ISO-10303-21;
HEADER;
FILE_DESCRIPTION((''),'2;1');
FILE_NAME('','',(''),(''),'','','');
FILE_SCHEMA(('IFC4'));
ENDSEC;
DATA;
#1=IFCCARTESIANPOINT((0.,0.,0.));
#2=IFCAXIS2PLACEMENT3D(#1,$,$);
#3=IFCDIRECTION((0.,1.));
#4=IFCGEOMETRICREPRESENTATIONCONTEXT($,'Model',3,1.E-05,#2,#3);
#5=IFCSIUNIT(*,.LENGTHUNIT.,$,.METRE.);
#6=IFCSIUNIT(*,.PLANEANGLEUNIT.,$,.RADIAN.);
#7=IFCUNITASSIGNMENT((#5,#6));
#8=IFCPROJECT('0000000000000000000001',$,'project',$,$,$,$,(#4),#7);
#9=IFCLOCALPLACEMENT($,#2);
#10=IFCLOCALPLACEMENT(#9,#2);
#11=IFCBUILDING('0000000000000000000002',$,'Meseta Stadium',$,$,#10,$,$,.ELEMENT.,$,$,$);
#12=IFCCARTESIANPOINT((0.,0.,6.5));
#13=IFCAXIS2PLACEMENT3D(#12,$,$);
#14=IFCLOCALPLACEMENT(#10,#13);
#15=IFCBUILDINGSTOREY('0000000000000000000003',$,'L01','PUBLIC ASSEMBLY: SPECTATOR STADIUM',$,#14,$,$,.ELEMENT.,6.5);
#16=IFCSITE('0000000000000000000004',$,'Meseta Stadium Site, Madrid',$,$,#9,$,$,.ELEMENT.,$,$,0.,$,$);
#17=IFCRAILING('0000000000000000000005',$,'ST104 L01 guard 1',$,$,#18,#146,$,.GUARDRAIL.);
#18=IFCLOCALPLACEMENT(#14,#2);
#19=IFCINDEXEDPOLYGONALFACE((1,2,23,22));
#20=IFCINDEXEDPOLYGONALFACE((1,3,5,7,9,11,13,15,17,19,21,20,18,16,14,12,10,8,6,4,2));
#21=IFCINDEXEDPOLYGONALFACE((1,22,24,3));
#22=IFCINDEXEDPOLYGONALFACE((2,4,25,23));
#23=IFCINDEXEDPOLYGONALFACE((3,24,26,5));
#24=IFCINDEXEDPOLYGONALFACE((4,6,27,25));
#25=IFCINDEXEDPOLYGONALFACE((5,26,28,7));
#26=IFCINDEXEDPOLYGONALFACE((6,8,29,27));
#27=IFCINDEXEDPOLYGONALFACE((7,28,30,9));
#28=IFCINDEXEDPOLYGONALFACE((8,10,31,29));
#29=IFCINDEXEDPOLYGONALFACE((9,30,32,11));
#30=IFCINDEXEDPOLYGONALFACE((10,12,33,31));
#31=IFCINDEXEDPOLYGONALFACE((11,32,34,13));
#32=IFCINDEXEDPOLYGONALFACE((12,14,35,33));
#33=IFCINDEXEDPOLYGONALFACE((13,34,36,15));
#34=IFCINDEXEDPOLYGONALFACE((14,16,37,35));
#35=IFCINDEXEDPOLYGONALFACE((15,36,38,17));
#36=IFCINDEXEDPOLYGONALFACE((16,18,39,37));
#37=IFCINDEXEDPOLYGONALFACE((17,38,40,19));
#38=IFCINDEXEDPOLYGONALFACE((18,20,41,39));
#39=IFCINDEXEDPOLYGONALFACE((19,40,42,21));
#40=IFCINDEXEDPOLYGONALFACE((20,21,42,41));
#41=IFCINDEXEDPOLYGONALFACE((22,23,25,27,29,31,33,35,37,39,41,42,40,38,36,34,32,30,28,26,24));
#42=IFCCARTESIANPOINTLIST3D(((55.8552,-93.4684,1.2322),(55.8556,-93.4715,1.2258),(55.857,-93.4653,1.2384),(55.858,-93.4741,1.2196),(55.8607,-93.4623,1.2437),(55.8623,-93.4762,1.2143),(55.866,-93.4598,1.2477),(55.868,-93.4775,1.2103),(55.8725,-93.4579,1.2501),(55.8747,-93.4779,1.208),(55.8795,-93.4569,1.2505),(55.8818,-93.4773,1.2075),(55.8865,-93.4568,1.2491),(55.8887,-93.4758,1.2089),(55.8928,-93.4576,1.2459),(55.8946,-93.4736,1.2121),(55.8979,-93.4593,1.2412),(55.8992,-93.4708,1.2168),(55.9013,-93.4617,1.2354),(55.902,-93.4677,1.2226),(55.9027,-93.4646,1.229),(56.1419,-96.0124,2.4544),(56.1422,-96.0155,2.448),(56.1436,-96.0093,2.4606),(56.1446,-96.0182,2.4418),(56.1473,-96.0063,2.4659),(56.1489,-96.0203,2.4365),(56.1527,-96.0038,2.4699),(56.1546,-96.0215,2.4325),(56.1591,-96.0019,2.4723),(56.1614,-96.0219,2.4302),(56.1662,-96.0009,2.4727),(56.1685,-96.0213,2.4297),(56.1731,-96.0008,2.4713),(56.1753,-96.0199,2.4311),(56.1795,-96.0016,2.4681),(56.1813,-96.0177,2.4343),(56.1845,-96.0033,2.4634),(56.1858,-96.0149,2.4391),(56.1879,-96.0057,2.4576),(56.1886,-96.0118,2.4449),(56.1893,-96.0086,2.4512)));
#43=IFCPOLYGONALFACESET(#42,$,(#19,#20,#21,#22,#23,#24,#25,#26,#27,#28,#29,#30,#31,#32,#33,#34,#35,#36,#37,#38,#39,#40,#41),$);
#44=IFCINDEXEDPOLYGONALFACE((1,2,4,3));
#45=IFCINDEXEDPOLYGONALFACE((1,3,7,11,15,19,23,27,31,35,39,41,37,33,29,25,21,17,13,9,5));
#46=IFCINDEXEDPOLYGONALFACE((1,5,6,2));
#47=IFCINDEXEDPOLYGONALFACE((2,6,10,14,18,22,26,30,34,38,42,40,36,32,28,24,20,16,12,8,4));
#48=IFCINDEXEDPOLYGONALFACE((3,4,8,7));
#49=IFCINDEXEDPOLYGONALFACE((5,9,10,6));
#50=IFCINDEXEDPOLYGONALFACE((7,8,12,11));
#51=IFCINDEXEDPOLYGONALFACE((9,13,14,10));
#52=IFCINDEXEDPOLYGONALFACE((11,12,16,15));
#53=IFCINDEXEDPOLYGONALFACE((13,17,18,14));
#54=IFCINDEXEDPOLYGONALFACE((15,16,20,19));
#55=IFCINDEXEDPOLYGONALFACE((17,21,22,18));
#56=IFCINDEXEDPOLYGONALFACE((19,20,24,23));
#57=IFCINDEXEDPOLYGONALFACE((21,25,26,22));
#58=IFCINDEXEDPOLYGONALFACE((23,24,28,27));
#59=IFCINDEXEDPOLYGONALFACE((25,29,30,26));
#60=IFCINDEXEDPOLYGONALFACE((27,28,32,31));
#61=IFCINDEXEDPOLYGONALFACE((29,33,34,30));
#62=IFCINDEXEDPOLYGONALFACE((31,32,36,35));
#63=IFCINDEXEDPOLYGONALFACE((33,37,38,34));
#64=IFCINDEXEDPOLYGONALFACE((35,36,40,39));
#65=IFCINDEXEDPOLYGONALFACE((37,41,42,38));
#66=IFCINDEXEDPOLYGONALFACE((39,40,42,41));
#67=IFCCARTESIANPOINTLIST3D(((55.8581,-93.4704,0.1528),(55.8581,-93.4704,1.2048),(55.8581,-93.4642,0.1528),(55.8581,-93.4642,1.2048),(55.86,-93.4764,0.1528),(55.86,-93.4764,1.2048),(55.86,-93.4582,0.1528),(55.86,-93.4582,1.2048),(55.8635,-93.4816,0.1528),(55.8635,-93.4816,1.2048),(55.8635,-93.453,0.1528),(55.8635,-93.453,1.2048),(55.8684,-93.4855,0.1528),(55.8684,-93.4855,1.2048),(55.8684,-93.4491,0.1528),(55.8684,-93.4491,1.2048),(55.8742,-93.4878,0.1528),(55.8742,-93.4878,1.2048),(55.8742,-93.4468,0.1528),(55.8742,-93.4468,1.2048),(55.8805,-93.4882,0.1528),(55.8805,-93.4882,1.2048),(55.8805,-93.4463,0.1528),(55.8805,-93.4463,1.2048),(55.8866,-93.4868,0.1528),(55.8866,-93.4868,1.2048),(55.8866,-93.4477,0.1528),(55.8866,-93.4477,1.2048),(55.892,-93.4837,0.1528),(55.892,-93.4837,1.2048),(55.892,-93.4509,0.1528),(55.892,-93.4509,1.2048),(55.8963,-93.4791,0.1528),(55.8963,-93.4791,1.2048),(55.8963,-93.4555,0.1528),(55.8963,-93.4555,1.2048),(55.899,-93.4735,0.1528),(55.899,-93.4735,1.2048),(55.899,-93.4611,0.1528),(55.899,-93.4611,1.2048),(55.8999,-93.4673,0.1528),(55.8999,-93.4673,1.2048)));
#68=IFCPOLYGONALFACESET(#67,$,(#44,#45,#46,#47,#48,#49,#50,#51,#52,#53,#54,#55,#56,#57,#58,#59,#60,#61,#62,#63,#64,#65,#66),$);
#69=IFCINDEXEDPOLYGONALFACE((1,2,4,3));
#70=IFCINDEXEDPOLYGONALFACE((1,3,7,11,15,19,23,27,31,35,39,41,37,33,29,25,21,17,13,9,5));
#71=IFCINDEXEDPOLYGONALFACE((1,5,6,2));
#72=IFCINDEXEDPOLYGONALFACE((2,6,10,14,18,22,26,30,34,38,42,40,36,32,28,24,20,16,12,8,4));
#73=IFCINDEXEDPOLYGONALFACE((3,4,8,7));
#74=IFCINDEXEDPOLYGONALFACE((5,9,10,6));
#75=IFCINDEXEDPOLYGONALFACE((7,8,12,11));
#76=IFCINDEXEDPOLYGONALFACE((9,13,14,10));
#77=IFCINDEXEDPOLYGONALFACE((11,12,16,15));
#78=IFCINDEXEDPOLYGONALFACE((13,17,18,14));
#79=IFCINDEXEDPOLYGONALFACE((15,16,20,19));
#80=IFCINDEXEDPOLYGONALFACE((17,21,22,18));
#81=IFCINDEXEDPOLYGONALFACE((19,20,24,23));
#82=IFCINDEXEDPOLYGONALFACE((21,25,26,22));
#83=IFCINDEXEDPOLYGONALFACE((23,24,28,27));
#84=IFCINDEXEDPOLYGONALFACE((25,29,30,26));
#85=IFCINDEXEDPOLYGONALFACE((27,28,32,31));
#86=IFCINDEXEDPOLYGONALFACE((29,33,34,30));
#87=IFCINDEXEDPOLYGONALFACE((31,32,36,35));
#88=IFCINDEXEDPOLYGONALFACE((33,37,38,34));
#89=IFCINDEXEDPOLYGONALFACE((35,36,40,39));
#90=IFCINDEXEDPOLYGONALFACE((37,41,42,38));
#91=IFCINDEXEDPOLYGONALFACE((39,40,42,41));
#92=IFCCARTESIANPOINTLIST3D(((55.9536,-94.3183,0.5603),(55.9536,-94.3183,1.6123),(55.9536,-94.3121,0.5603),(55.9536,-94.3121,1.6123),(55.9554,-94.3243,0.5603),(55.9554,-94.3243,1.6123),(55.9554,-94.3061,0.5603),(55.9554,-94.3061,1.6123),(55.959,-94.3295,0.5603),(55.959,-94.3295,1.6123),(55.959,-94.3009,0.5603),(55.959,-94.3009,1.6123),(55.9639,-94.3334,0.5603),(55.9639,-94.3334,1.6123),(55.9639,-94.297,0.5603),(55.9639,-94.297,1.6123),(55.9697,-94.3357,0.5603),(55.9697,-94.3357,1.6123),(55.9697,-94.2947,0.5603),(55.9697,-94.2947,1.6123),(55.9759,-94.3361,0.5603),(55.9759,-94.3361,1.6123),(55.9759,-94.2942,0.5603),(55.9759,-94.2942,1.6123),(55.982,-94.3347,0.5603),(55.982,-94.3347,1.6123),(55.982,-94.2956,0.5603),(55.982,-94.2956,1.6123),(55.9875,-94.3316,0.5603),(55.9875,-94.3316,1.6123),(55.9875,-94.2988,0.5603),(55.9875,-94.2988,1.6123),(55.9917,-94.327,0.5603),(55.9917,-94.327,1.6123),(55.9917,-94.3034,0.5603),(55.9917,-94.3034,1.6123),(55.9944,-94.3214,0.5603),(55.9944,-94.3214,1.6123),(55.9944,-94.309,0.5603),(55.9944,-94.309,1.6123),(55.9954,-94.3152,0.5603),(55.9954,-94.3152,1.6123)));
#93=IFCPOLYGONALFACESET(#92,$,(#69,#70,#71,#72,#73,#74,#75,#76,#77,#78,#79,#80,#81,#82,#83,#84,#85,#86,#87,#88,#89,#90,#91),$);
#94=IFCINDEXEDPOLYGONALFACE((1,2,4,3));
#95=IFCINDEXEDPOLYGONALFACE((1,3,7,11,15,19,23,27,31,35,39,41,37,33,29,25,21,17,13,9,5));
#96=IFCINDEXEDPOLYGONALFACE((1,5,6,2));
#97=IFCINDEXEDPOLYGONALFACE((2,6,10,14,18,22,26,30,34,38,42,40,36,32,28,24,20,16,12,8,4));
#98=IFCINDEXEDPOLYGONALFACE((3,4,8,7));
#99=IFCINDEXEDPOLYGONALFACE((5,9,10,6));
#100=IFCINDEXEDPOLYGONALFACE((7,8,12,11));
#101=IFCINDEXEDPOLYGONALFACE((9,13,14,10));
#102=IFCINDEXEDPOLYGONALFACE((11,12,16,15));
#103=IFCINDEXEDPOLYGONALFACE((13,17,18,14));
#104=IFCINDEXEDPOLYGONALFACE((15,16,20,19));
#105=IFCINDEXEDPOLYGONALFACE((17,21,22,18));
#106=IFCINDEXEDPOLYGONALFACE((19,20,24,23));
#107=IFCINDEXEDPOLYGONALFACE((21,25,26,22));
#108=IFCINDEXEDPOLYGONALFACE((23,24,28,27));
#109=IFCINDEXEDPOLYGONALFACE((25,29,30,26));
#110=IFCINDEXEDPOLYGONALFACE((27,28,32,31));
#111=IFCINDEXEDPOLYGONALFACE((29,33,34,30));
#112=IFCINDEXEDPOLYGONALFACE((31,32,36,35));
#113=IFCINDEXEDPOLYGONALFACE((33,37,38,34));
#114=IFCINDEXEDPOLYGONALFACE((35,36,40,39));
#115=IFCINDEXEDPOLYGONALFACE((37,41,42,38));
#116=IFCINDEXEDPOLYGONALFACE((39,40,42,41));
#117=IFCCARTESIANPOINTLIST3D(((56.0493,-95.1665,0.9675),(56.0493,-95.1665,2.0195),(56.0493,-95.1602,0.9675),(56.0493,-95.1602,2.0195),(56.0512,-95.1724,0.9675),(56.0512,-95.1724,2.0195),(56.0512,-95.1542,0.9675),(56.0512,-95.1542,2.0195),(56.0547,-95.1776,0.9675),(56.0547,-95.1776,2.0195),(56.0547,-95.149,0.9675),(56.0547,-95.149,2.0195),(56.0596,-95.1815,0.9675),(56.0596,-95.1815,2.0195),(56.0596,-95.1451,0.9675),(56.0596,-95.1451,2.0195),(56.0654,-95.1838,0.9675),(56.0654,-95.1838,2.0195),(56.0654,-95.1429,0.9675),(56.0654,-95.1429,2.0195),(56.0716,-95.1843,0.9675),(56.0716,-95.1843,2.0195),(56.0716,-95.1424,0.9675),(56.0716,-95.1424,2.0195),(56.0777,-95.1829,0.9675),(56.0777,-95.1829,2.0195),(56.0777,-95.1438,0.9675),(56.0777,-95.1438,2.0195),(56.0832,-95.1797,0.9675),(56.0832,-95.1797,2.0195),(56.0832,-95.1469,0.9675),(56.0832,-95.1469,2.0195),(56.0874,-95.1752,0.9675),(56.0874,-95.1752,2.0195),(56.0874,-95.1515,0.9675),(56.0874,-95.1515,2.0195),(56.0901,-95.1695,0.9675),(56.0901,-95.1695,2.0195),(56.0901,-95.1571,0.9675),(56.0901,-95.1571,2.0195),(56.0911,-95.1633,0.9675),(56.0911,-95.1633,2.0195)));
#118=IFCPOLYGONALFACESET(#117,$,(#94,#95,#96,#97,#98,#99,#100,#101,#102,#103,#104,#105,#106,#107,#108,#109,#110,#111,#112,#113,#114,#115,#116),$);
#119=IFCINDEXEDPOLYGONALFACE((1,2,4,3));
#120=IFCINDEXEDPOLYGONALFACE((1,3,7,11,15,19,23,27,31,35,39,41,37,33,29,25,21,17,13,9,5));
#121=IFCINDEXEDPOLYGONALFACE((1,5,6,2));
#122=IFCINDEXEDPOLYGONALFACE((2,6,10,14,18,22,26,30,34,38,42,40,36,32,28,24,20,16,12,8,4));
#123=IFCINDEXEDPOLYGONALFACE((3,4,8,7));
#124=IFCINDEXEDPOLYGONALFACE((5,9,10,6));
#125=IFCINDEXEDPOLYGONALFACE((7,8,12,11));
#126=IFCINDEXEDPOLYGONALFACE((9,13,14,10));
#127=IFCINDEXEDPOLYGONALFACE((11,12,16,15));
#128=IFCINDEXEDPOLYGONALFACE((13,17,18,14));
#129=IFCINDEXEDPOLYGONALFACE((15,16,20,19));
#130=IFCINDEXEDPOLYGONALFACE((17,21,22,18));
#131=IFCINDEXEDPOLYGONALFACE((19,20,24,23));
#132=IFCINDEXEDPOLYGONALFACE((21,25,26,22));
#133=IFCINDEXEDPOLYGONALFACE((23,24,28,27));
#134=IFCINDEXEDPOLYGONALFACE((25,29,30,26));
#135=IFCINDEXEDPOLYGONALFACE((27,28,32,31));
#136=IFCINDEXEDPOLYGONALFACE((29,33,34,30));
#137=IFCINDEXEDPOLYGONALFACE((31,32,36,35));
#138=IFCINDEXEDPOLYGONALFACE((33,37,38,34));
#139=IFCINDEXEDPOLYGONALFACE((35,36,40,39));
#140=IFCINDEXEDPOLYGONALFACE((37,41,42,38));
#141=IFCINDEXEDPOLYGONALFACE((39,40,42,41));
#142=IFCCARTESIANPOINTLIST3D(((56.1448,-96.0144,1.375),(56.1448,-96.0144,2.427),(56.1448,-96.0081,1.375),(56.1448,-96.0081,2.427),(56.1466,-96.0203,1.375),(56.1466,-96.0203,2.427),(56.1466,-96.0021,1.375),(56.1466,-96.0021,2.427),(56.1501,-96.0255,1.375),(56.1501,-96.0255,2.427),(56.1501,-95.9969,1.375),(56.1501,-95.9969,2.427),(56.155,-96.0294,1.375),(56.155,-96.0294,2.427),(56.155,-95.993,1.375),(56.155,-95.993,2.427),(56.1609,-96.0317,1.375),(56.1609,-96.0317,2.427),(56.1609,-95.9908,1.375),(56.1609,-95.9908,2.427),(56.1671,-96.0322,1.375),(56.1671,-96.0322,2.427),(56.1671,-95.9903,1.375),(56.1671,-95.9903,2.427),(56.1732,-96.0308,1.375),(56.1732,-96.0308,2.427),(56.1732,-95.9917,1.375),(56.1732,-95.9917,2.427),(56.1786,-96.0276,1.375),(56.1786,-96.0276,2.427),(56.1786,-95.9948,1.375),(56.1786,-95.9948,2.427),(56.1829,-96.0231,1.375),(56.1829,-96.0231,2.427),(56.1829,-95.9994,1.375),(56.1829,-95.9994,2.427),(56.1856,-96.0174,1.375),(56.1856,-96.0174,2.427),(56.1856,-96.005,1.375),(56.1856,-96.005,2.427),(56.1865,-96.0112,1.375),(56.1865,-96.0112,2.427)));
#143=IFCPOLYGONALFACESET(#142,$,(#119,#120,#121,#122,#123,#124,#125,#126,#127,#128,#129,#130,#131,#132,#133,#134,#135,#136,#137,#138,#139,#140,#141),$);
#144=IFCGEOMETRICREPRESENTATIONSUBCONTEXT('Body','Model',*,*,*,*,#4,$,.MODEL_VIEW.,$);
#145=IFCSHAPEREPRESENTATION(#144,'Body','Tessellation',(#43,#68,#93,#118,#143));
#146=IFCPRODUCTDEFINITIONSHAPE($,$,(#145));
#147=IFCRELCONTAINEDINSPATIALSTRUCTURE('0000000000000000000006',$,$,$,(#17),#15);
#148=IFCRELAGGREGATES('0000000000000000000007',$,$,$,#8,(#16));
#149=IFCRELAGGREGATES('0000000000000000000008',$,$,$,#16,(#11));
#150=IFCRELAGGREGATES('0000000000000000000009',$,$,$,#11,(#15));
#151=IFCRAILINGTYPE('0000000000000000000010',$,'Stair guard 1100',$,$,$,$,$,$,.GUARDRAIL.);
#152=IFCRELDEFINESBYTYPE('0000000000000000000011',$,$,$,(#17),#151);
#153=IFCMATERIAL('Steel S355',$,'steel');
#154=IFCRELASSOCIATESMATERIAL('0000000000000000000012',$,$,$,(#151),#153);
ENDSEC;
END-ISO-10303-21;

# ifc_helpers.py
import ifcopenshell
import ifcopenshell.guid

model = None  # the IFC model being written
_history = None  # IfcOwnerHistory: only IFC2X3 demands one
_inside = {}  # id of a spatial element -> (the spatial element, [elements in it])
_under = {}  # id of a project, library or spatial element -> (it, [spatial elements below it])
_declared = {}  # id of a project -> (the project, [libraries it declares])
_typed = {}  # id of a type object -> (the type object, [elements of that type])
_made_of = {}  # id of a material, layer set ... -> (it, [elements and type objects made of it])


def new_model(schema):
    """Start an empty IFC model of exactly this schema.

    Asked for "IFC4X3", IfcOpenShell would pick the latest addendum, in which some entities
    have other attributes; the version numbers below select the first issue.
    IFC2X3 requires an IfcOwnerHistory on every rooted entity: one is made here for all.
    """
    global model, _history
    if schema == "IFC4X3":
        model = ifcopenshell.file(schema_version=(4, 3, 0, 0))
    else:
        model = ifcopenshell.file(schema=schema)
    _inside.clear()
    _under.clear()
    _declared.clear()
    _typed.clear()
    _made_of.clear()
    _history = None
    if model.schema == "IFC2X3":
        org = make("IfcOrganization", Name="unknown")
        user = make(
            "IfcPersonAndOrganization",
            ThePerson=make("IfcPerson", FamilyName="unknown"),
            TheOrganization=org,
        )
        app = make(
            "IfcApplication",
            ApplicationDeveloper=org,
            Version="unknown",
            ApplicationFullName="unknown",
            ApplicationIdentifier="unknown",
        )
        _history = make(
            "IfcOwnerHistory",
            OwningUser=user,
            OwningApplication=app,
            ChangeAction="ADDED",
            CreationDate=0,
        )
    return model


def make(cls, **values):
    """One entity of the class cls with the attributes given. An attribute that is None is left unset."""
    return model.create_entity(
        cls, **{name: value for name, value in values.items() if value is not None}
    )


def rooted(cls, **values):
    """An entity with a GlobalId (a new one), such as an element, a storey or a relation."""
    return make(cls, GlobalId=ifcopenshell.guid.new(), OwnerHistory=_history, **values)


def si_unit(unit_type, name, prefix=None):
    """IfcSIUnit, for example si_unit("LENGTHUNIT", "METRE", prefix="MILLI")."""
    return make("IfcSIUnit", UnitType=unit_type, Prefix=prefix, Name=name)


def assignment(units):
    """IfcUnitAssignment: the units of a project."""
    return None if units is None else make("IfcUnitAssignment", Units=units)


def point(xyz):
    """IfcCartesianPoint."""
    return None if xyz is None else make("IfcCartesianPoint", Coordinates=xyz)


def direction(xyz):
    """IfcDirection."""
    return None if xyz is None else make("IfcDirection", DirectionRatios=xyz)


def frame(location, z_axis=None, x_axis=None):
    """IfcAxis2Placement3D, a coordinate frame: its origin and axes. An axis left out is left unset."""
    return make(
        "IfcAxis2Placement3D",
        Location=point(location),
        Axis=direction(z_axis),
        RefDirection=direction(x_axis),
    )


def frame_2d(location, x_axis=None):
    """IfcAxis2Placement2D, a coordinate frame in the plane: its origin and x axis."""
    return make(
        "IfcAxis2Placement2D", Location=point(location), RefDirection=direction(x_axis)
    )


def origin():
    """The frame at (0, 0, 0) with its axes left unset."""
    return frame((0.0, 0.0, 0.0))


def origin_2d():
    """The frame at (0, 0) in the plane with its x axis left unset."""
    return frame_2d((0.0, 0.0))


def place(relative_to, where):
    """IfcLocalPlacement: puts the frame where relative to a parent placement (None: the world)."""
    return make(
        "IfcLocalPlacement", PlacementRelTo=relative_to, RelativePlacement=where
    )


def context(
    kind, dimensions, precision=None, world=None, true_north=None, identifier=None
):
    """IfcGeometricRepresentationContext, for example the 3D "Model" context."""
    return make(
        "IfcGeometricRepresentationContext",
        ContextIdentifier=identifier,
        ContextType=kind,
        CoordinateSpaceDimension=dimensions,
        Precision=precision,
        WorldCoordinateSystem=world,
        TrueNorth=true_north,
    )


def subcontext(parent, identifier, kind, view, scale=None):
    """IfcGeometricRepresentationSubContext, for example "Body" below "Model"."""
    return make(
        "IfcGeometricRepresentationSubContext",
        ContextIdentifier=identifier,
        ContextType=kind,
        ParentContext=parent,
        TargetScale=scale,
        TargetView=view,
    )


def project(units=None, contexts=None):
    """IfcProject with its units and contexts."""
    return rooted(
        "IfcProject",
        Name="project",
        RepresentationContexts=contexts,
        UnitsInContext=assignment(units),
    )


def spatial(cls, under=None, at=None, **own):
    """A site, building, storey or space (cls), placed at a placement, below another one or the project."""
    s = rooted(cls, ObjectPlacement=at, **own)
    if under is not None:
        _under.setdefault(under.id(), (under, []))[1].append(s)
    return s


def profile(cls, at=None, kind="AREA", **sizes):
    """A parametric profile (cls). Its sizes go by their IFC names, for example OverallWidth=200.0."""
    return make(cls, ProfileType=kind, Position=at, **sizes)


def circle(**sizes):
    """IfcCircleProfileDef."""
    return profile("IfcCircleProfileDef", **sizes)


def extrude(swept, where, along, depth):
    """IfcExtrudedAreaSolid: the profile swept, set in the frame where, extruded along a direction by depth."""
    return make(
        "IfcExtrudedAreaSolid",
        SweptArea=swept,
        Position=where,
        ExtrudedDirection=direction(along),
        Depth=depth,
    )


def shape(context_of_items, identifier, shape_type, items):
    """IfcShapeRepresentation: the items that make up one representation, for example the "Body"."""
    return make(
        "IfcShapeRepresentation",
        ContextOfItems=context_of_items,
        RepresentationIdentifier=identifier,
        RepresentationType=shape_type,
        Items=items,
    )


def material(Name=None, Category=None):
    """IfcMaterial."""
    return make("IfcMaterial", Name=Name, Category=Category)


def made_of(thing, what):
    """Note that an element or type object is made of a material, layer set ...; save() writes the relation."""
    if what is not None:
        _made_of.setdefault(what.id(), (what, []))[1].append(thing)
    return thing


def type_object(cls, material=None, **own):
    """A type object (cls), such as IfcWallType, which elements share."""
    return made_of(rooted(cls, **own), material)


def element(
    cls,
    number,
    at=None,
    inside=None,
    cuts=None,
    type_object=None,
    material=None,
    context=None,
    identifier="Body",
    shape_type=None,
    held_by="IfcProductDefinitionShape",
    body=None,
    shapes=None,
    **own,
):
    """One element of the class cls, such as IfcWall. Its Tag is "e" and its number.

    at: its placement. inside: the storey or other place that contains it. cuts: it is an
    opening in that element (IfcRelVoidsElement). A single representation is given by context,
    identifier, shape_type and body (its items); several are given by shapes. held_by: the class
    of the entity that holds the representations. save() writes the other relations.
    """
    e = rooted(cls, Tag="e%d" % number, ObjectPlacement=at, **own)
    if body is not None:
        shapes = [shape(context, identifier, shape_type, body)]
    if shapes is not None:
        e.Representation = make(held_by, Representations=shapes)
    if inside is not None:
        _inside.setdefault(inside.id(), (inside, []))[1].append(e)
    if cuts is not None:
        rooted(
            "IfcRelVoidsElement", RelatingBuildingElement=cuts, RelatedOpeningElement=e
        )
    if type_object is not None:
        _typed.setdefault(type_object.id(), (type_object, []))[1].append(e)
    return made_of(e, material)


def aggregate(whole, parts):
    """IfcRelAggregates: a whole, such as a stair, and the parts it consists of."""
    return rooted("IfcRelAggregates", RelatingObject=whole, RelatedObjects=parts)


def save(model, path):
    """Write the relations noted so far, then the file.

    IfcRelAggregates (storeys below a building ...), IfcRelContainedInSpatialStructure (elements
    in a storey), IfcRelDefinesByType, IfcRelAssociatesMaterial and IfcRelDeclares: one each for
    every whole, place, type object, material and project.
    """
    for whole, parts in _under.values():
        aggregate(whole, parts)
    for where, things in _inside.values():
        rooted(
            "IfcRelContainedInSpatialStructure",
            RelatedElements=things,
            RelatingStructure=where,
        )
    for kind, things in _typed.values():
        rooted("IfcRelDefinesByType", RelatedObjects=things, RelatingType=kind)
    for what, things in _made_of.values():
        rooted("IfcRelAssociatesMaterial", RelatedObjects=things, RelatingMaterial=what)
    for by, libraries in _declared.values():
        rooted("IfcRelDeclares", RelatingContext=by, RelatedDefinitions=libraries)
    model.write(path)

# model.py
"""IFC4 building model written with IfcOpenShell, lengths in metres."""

from ifc_helpers import new_model, si_unit, direction, frame, origin, origin_2d, place, context, subcontext, project, spatial, circle, extrude, material, type_object, element, save


model = new_model("IFC4")

# Units and contexts
model_context = context("Model", 3, precision=1e-05, world=origin(), true_north=direction((0.0, 1.0)))
body_context = subcontext(model_context, "Body", "Model", "MODEL_VIEW")
ifc_project = project(units=[si_unit("LENGTHUNIT", "METRE"), si_unit("PLANEANGLEUNIT", "RADIAN")], contexts=[model_context])

# Site, building, storey
site_placement = place(None, origin())
site = spatial("IfcSite", under=ifc_project, at=site_placement, Name="Meseta Stadium Site, Madrid", CompositionType="ELEMENT", RefElevation=0.0)
building_placement = place(site_placement, origin())
building = spatial("IfcBuilding", under=site, at=building_placement, Name="Meseta Stadium", CompositionType="ELEMENT")
storey_placement = place(building_placement, frame((0.0, 0.0, 6.5)))
storey = spatial("IfcBuildingStorey", under=building, at=storey_placement, Name="L01", Description="PUBLIC ASSEMBLY: SPECTATOR STADIUM", CompositionType="ELEMENT", Elevation=6.5)

# Railing
ifc_material_1 = material(Name="Steel S355", Category="steel")
railing_type_1 = type_object("IfcRailingType", Name="Stair guard 1100", PredefinedType="GUARDRAIL", material=ifc_material_1)
railing_1_placement = place(storey_placement, frame((55.8789, -93.4673, 0.1528)))
element("IfcRailing", 1, at=railing_1_placement, inside=storey, type_object=railing_type_1, Name="ST104 L01 guard 1", PredefinedType="GUARDRAIL", context=body_context, shape_type="SweptSolid", body=[
    extrude(circle(Radius=0.0239, at=origin_2d()), frame((0.0, 0.0, 1.0762), z_axis=(0.101036, -0.896762, 0.430824), x_axis=(0.993713, 0.11196, 0.0)), (0.0, 0.0, 1.0), 2.8369),
    extrude(circle(Radius=0.021, at=origin_2d()), origin(), (0.0, 0.0, 1.0), 1.052),
    extrude(circle(Radius=0.021, at=origin_2d()), frame((0.0955, -0.8479, 0.4075)), (0.0, 0.0, 1.0), 1.052),
    extrude(circle(Radius=0.021, at=origin_2d()), frame((0.1912, -1.696, 0.8147)), (0.0, 0.0, 1.0), 1.052),
    extrude(circle(Radius=0.021, at=origin_2d()), frame((0.2866, -2.5439, 1.2222)), (0.0, 0.0, 1.0), 1.052),
])

save(model, "model.ifc")
